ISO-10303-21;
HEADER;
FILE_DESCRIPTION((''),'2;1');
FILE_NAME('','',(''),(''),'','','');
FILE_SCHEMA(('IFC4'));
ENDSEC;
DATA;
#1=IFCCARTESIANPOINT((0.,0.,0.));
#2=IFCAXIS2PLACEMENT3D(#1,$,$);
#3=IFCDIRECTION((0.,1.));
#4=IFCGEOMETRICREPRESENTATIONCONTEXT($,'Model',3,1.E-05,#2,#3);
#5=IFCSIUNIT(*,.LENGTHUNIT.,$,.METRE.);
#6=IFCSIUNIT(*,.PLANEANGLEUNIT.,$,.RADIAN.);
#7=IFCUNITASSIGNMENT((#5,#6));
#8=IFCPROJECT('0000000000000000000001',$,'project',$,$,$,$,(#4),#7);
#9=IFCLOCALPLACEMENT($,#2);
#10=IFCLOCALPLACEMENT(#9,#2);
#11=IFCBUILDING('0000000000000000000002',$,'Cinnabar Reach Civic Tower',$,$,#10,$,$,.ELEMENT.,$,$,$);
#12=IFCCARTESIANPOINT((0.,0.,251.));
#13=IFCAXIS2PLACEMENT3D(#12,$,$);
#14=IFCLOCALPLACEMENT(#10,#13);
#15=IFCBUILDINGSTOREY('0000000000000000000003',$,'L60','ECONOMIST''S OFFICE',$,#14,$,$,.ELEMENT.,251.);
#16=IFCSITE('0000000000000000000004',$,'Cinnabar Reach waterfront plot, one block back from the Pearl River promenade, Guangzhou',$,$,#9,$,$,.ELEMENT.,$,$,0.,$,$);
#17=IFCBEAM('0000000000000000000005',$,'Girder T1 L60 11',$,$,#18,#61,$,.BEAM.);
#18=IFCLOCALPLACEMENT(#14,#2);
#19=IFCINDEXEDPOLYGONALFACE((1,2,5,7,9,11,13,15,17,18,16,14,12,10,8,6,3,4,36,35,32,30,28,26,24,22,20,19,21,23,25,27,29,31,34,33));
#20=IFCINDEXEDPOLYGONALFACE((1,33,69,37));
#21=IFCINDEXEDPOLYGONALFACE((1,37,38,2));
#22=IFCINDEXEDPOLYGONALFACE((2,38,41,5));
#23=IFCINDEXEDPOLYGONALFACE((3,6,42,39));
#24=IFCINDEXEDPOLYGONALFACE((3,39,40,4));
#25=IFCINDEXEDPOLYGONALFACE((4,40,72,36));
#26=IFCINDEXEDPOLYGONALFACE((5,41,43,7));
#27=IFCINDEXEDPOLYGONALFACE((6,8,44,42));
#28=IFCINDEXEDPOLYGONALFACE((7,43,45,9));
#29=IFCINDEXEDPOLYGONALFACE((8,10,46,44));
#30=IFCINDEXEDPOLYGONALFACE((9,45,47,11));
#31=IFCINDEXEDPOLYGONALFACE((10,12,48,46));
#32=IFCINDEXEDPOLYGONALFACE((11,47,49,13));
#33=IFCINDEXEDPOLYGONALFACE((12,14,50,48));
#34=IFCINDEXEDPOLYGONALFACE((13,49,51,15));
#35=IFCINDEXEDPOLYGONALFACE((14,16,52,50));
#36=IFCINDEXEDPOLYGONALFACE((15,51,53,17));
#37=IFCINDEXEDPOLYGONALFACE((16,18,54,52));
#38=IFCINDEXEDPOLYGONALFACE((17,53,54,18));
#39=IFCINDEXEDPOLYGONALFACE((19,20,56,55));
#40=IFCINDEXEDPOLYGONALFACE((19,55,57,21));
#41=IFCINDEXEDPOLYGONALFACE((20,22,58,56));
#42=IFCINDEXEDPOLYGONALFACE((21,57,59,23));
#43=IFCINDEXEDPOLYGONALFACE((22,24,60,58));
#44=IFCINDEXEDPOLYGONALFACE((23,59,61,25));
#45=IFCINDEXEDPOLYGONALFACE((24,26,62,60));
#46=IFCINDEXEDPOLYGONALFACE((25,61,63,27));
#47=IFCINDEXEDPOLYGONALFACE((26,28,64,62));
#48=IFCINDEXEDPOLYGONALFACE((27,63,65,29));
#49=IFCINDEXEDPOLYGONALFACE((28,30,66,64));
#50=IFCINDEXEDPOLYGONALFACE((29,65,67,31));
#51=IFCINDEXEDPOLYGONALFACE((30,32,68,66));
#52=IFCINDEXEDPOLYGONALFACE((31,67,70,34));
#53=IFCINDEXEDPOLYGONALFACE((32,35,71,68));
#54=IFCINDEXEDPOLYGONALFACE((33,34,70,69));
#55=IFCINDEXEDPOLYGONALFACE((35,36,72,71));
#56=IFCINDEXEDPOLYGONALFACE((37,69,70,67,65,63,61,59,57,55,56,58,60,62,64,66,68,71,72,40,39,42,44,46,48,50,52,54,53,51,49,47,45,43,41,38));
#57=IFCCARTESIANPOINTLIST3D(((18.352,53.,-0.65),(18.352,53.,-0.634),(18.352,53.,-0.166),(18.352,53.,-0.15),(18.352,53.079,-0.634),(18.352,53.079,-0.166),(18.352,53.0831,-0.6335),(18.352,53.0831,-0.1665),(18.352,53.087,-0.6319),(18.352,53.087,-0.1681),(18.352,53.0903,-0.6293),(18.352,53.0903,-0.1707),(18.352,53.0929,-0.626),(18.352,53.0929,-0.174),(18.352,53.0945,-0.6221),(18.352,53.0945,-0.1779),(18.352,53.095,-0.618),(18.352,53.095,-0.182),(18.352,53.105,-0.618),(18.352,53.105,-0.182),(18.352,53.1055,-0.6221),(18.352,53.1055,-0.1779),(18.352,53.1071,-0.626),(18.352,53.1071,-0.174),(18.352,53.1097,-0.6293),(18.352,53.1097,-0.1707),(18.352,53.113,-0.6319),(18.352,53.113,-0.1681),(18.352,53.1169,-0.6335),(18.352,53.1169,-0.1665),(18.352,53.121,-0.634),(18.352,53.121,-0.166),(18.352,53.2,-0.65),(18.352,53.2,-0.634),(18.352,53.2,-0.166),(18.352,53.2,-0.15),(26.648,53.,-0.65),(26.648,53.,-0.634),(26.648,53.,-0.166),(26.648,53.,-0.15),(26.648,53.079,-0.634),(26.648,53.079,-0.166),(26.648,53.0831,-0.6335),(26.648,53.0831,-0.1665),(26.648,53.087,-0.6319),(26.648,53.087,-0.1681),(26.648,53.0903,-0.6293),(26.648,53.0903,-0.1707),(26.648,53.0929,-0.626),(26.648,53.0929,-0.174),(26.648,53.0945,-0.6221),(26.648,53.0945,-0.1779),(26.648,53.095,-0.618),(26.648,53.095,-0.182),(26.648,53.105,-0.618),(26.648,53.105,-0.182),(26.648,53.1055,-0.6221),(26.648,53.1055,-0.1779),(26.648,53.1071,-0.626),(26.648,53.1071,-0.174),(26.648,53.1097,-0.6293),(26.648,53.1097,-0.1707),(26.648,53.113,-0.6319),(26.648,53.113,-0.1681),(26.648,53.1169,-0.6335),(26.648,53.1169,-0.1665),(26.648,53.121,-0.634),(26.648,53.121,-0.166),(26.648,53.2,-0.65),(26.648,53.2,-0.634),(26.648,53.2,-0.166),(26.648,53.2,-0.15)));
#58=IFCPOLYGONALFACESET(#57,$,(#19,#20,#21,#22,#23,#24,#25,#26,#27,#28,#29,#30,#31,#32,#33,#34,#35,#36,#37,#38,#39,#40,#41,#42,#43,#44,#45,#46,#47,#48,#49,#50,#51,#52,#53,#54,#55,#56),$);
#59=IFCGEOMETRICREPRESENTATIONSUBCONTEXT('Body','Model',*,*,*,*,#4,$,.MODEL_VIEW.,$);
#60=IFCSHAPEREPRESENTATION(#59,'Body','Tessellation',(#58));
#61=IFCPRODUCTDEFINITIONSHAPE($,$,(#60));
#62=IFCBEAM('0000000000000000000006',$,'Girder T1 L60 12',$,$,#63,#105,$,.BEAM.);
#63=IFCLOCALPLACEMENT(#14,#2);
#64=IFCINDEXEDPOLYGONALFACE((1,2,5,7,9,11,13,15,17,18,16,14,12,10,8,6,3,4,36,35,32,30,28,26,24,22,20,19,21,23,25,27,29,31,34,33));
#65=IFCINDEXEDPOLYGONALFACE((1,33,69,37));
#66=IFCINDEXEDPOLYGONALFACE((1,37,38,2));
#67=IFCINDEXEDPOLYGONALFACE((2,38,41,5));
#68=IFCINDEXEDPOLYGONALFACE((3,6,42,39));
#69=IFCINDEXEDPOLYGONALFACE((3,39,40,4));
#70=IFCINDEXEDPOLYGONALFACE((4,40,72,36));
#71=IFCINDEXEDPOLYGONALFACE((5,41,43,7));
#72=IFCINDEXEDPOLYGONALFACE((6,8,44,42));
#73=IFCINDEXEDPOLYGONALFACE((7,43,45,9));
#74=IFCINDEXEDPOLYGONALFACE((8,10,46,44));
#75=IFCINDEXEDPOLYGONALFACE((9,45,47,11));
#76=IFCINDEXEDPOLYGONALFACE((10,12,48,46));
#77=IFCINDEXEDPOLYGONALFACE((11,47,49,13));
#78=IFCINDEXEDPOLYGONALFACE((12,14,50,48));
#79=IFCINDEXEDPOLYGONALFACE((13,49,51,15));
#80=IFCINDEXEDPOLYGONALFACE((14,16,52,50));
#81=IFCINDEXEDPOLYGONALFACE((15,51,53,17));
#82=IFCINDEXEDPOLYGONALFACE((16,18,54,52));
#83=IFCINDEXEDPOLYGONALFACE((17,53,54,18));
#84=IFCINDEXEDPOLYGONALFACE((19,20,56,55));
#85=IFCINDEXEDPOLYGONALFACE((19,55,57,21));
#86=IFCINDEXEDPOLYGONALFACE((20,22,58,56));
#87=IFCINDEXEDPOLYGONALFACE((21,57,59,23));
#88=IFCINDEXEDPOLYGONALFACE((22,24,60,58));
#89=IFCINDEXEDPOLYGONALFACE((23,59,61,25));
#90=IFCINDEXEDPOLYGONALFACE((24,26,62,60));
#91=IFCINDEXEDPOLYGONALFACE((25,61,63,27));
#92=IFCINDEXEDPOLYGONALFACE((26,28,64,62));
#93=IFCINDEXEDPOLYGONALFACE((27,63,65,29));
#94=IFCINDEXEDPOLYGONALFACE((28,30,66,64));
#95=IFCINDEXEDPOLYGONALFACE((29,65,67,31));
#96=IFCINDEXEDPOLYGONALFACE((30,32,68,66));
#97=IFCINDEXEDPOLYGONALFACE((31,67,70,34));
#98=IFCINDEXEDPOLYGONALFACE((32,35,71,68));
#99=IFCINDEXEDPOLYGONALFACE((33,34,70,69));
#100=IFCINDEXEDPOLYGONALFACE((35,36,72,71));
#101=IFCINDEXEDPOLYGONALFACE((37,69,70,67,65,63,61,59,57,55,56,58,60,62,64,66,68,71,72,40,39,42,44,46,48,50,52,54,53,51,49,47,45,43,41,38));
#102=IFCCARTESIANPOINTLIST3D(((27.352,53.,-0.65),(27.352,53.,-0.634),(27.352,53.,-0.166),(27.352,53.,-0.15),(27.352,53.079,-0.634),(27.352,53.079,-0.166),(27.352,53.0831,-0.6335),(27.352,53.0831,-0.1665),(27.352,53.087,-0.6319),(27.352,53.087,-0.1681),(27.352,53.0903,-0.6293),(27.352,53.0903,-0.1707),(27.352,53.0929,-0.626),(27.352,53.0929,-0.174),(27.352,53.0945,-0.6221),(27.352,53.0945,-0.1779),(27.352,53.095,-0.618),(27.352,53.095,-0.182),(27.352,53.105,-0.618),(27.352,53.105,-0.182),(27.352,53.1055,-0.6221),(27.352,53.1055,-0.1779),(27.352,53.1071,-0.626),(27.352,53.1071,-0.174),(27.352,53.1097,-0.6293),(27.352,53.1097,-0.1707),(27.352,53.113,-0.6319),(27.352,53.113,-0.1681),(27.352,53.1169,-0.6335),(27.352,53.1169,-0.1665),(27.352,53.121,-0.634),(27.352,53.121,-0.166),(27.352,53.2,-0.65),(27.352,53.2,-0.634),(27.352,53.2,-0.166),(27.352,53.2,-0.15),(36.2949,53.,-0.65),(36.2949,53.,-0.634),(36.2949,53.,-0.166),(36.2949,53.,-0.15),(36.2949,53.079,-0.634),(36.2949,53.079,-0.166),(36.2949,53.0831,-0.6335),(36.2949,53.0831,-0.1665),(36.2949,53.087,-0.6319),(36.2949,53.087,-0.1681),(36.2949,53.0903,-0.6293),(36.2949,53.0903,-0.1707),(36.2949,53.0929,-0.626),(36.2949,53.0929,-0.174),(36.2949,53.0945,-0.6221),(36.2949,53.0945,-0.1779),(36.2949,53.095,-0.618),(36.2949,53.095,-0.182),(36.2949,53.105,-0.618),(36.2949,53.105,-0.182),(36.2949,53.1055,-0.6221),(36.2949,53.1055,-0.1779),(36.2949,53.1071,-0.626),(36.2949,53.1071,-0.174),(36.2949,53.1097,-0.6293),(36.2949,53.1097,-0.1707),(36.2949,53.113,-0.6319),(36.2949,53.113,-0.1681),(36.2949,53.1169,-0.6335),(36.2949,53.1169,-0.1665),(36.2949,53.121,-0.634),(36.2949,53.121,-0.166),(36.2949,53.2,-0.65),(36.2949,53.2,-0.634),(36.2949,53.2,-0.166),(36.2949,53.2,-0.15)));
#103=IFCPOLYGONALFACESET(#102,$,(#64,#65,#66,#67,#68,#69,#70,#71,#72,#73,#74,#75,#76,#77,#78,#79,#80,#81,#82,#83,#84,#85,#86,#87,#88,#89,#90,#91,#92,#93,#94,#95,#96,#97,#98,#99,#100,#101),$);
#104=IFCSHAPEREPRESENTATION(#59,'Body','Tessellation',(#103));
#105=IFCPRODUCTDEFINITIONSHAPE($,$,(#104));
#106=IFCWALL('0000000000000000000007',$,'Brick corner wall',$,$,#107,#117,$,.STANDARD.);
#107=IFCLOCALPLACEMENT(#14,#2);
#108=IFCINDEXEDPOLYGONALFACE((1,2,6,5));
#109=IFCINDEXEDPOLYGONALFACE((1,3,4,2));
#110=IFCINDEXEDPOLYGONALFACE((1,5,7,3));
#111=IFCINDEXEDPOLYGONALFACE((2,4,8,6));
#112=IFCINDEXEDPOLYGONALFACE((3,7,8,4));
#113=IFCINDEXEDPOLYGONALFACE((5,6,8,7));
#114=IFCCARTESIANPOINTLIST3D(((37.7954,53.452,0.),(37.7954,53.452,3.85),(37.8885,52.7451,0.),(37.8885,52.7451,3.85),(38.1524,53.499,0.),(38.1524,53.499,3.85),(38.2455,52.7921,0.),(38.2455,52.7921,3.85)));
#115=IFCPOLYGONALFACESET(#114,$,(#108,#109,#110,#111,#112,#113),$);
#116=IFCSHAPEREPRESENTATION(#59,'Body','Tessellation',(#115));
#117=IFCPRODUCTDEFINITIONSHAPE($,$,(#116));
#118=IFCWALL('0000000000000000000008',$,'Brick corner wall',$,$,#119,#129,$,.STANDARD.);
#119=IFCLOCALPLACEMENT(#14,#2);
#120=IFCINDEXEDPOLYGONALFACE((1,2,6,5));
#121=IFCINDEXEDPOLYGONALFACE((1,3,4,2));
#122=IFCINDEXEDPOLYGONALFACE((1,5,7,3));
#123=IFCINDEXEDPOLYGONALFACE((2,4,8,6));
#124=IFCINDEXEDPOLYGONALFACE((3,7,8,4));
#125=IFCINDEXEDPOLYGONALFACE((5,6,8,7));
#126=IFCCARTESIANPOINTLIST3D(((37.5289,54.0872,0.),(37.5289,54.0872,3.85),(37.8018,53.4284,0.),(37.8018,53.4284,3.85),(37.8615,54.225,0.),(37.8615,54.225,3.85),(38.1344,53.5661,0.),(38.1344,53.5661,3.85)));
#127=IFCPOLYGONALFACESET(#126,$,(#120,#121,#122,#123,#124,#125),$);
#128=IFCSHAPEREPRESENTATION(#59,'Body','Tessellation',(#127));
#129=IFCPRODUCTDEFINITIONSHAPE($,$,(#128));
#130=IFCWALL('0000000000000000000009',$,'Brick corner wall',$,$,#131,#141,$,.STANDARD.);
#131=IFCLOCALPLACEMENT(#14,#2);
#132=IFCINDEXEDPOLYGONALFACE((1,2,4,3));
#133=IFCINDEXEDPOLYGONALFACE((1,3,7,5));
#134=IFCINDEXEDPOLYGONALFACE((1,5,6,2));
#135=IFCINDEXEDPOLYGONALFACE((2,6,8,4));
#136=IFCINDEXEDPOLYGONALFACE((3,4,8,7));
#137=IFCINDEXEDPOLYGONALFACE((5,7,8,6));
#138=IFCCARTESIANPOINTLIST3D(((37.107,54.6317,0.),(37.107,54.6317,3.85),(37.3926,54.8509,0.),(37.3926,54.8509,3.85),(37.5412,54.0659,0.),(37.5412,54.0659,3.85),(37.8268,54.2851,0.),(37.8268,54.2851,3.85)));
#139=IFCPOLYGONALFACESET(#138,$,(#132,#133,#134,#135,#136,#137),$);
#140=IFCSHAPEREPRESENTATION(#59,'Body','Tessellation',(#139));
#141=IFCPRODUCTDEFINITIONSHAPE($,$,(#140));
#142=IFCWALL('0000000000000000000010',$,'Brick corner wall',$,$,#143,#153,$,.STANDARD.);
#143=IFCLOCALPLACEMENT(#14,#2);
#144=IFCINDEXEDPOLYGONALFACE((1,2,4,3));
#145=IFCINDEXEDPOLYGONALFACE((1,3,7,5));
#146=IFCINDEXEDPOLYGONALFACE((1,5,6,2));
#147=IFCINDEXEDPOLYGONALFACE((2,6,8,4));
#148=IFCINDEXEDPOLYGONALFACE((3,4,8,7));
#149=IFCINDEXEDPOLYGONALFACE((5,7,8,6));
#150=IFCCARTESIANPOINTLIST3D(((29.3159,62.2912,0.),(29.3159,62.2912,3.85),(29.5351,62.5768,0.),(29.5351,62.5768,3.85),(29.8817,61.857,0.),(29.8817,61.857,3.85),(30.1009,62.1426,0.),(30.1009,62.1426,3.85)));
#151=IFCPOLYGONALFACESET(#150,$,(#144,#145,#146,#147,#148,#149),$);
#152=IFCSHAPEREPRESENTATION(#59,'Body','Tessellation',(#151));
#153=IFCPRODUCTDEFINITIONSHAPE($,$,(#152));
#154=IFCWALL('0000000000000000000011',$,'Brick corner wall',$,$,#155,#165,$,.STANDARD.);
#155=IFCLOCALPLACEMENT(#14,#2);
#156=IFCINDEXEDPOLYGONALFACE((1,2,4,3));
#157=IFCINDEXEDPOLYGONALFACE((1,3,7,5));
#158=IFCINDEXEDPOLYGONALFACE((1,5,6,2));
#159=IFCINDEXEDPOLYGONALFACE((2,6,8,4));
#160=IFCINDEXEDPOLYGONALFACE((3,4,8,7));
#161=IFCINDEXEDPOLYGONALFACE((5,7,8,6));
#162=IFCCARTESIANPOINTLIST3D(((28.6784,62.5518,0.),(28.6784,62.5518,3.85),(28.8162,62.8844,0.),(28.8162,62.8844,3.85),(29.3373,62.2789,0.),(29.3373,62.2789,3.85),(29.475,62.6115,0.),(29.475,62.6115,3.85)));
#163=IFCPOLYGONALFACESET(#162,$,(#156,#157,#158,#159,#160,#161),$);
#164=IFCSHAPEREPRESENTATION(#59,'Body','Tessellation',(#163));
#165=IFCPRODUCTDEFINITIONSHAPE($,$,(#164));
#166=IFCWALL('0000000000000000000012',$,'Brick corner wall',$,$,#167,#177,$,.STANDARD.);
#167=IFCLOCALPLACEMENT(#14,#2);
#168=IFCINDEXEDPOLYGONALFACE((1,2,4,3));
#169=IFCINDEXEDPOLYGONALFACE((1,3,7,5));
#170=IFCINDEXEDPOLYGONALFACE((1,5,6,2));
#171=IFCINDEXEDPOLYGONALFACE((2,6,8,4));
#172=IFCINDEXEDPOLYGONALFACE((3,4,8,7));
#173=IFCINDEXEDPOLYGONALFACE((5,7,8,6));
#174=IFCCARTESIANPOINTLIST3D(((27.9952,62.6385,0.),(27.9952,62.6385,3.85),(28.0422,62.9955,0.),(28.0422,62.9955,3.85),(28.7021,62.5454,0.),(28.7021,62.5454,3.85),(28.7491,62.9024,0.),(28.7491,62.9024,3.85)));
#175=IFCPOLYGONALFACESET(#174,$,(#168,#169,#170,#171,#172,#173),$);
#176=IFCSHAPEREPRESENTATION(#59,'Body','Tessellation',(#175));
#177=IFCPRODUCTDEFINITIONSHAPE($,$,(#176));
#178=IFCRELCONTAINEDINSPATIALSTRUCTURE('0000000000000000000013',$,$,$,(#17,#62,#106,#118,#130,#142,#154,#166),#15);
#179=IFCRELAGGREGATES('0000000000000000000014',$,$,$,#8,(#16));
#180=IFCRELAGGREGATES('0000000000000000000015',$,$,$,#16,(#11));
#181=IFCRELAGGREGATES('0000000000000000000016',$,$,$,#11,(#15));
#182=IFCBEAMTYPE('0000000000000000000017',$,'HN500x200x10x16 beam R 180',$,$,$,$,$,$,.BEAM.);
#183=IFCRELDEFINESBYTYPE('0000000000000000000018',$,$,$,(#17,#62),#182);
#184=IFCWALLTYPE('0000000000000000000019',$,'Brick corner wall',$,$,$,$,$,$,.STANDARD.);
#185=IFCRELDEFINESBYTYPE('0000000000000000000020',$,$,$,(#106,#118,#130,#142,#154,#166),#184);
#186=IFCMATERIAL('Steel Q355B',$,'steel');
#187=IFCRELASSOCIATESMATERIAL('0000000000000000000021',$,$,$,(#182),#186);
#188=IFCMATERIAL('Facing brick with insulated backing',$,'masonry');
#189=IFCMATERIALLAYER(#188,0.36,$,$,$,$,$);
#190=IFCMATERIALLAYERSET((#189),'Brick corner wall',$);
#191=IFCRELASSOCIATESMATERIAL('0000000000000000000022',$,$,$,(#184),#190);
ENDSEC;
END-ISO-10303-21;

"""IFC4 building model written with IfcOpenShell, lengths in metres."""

from ifc_helpers import new_model, si_unit, direction, frame, frame_2d, origin, origin_2d, place, context, subcontext, project, spatial, rectangle, i_section, extrude, material, layer, layer_set, material_profile, profile_set, type_object, element, save


model = new_model("IFC4")

# Units and contexts
model_context = context("Model", 3, precision=1e-05, world=origin(), true_north=direction((0.0, 1.0)))
body_context = subcontext(model_context, "Body", "Model", "MODEL_VIEW")
ifc_project = project(units=[si_unit("LENGTHUNIT", "METRE"), si_unit("PLANEANGLEUNIT", "RADIAN")], contexts=[model_context])

# Site, building, storey
site_placement = place(None, origin())
site = spatial("IfcSite", under=ifc_project, at=site_placement, Name="Cinnabar Reach waterfront plot, one block back from the Pearl River promenade, Guangzhou", CompositionType="ELEMENT", RefElevation=0.0)
building_placement = place(site_placement, origin())
building = spatial("IfcBuilding", under=site, at=building_placement, Name="Cinnabar Reach Civic Tower", CompositionType="ELEMENT")
storey_placement = place(building_placement, frame((0.0, 0.0, 251.0)))
storey = spatial("IfcBuildingStorey", under=building, at=storey_placement, Name="L60", Description="ECONOMIST'S OFFICE", CompositionType="ELEMENT", Elevation=251.0)

# Beams
ifc_material_1 = material(Name="Steel Q355B", Category="steel")
ifc_material_profile_1 = material_profile(ifc_material_1, i_section(OverallWidth=0.2, OverallDepth=0.5, WebThickness=0.01, FlangeThickness=0.016, FilletRadius=0.016, at=origin_2d()), Name="HN500x200x10x16")
ifc_profile_set_1 = profile_set([ifc_material_profile_1], Name="Steel Q355B")
beam_type_1 = type_object("IfcBeamType", Name="HN500x200x10x16 beam R 180", PredefinedType="BEAM", material=ifc_profile_set_1)
beam_1_placement = place(storey_placement, frame((18.352, 53.1, -0.4), z_axis=(1.0, 0.0, 0.0), x_axis=(0.0, 1.0, 0.0)))
element("IfcBeam", 1, at=beam_1_placement, inside=storey, type_object=beam_type_1, Name="Girder T1 L60 11", PredefinedType="BEAM", context=body_context, shape_type="SweptSolid", body=[
    extrude(i_section(OverallWidth=0.2, OverallDepth=0.5, WebThickness=0.01, FlangeThickness=0.016, FilletRadius=0.016, at=origin_2d()), origin(), (0.0, 0.0, 1.0), 8.296),
])
beam_2_placement = place(storey_placement, frame((27.352, 53.1, -0.4), z_axis=(1.0, 0.0, 0.0), x_axis=(0.0, 1.0, 0.0)))
element("IfcBeam", 2, at=beam_2_placement, inside=storey, type_object=beam_type_1, Name="Girder T1 L60 12", PredefinedType="BEAM", context=body_context, shape_type="SweptSolid", body=[
    extrude(i_section(OverallWidth=0.2, OverallDepth=0.5, WebThickness=0.01, FlangeThickness=0.016, FilletRadius=0.016, at=origin_2d()), origin(), (0.0, 0.0, 1.0), 8.9429),
])

# Walls
ifc_material_2 = material(Name="Facing brick with insulated backing", Category="masonry")
ifc_layer_1 = layer(ifc_material_2, 0.36)
ifc_layer_set_1 = layer_set([ifc_layer_1], Name="Brick corner wall")
wall_type_1 = type_object("IfcWallType", Name="Brick corner wall", PredefinedType="STANDARD", material=ifc_layer_set_1)
for number, where, z_axis, x_axis, name in (
    (3, (38.067, 52.7686, 0.0), (0.0, 0.0, 1.0), (-0.130556, 0.991441, 0.0), "Brick corner wall"),
    (4, (37.9681, 53.4973, 0.0), (0.0, 0.0, 1.0), (-0.382703, 0.923872, 0.0), "Brick corner wall"),
):
    element("IfcWall", number, at=place(storey_placement, frame(where, z_axis=z_axis, x_axis=x_axis)), inside=storey, type_object=wall_type_1, Name=name, PredefinedType="STANDARD", context=body_context, shape_type="SweptSolid", body=[
        extrude(rectangle(XDim=0.7131, YDim=0.36, at=frame_2d((0.3565, 0.0))), origin(), (0.0, 0.0, 1.0), 3.85),
    ])
for number, where, z_axis, x_axis, name in (
    (5, (37.684, 54.1755, 0.0), (0.0, 0.0, 1.0), (-0.608802, 0.793322, 0.0), "Brick corner wall"),
    (6, (29.9913, 61.9998, 0.0), (0.0, 0.0, 1.0), (-0.793322, 0.608802, 0.0), "Brick corner wall"),
):
    element("IfcWall", number, at=place(storey_placement, frame(where, z_axis=z_axis, x_axis=x_axis)), inside=storey, type_object=wall_type_1, Name=name, PredefinedType="STANDARD", context=body_context, shape_type="SweptSolid", body=[
        extrude(rectangle(XDim=0.7132, YDim=0.36, at=frame_2d((0.3566, 0.0))), origin(), (0.0, 0.0, 1.0), 3.85),
    ])
for number, where, z_axis, x_axis, name in (
    (7, (29.4061, 62.4452, 0.0), (0.0, 0.0, 1.0), (-0.923872, 0.382703, 0.0), "Brick corner wall"),
    (8, (28.7256, 62.7239, 0.0), (0.0, 0.0, 1.0), (-0.991441, 0.130556, 0.0), "Brick corner wall"),
):
    element("IfcWall", number, at=place(storey_placement, frame(where, z_axis=z_axis, x_axis=x_axis)), inside=storey, type_object=wall_type_1, Name=name, PredefinedType="STANDARD", context=body_context, shape_type="SweptSolid", body=[
        extrude(rectangle(XDim=0.7131, YDim=0.36, at=frame_2d((0.3565, 0.0))), origin(), (0.0, 0.0, 1.0), 3.85),
    ])

save(model, "model.ifc")
